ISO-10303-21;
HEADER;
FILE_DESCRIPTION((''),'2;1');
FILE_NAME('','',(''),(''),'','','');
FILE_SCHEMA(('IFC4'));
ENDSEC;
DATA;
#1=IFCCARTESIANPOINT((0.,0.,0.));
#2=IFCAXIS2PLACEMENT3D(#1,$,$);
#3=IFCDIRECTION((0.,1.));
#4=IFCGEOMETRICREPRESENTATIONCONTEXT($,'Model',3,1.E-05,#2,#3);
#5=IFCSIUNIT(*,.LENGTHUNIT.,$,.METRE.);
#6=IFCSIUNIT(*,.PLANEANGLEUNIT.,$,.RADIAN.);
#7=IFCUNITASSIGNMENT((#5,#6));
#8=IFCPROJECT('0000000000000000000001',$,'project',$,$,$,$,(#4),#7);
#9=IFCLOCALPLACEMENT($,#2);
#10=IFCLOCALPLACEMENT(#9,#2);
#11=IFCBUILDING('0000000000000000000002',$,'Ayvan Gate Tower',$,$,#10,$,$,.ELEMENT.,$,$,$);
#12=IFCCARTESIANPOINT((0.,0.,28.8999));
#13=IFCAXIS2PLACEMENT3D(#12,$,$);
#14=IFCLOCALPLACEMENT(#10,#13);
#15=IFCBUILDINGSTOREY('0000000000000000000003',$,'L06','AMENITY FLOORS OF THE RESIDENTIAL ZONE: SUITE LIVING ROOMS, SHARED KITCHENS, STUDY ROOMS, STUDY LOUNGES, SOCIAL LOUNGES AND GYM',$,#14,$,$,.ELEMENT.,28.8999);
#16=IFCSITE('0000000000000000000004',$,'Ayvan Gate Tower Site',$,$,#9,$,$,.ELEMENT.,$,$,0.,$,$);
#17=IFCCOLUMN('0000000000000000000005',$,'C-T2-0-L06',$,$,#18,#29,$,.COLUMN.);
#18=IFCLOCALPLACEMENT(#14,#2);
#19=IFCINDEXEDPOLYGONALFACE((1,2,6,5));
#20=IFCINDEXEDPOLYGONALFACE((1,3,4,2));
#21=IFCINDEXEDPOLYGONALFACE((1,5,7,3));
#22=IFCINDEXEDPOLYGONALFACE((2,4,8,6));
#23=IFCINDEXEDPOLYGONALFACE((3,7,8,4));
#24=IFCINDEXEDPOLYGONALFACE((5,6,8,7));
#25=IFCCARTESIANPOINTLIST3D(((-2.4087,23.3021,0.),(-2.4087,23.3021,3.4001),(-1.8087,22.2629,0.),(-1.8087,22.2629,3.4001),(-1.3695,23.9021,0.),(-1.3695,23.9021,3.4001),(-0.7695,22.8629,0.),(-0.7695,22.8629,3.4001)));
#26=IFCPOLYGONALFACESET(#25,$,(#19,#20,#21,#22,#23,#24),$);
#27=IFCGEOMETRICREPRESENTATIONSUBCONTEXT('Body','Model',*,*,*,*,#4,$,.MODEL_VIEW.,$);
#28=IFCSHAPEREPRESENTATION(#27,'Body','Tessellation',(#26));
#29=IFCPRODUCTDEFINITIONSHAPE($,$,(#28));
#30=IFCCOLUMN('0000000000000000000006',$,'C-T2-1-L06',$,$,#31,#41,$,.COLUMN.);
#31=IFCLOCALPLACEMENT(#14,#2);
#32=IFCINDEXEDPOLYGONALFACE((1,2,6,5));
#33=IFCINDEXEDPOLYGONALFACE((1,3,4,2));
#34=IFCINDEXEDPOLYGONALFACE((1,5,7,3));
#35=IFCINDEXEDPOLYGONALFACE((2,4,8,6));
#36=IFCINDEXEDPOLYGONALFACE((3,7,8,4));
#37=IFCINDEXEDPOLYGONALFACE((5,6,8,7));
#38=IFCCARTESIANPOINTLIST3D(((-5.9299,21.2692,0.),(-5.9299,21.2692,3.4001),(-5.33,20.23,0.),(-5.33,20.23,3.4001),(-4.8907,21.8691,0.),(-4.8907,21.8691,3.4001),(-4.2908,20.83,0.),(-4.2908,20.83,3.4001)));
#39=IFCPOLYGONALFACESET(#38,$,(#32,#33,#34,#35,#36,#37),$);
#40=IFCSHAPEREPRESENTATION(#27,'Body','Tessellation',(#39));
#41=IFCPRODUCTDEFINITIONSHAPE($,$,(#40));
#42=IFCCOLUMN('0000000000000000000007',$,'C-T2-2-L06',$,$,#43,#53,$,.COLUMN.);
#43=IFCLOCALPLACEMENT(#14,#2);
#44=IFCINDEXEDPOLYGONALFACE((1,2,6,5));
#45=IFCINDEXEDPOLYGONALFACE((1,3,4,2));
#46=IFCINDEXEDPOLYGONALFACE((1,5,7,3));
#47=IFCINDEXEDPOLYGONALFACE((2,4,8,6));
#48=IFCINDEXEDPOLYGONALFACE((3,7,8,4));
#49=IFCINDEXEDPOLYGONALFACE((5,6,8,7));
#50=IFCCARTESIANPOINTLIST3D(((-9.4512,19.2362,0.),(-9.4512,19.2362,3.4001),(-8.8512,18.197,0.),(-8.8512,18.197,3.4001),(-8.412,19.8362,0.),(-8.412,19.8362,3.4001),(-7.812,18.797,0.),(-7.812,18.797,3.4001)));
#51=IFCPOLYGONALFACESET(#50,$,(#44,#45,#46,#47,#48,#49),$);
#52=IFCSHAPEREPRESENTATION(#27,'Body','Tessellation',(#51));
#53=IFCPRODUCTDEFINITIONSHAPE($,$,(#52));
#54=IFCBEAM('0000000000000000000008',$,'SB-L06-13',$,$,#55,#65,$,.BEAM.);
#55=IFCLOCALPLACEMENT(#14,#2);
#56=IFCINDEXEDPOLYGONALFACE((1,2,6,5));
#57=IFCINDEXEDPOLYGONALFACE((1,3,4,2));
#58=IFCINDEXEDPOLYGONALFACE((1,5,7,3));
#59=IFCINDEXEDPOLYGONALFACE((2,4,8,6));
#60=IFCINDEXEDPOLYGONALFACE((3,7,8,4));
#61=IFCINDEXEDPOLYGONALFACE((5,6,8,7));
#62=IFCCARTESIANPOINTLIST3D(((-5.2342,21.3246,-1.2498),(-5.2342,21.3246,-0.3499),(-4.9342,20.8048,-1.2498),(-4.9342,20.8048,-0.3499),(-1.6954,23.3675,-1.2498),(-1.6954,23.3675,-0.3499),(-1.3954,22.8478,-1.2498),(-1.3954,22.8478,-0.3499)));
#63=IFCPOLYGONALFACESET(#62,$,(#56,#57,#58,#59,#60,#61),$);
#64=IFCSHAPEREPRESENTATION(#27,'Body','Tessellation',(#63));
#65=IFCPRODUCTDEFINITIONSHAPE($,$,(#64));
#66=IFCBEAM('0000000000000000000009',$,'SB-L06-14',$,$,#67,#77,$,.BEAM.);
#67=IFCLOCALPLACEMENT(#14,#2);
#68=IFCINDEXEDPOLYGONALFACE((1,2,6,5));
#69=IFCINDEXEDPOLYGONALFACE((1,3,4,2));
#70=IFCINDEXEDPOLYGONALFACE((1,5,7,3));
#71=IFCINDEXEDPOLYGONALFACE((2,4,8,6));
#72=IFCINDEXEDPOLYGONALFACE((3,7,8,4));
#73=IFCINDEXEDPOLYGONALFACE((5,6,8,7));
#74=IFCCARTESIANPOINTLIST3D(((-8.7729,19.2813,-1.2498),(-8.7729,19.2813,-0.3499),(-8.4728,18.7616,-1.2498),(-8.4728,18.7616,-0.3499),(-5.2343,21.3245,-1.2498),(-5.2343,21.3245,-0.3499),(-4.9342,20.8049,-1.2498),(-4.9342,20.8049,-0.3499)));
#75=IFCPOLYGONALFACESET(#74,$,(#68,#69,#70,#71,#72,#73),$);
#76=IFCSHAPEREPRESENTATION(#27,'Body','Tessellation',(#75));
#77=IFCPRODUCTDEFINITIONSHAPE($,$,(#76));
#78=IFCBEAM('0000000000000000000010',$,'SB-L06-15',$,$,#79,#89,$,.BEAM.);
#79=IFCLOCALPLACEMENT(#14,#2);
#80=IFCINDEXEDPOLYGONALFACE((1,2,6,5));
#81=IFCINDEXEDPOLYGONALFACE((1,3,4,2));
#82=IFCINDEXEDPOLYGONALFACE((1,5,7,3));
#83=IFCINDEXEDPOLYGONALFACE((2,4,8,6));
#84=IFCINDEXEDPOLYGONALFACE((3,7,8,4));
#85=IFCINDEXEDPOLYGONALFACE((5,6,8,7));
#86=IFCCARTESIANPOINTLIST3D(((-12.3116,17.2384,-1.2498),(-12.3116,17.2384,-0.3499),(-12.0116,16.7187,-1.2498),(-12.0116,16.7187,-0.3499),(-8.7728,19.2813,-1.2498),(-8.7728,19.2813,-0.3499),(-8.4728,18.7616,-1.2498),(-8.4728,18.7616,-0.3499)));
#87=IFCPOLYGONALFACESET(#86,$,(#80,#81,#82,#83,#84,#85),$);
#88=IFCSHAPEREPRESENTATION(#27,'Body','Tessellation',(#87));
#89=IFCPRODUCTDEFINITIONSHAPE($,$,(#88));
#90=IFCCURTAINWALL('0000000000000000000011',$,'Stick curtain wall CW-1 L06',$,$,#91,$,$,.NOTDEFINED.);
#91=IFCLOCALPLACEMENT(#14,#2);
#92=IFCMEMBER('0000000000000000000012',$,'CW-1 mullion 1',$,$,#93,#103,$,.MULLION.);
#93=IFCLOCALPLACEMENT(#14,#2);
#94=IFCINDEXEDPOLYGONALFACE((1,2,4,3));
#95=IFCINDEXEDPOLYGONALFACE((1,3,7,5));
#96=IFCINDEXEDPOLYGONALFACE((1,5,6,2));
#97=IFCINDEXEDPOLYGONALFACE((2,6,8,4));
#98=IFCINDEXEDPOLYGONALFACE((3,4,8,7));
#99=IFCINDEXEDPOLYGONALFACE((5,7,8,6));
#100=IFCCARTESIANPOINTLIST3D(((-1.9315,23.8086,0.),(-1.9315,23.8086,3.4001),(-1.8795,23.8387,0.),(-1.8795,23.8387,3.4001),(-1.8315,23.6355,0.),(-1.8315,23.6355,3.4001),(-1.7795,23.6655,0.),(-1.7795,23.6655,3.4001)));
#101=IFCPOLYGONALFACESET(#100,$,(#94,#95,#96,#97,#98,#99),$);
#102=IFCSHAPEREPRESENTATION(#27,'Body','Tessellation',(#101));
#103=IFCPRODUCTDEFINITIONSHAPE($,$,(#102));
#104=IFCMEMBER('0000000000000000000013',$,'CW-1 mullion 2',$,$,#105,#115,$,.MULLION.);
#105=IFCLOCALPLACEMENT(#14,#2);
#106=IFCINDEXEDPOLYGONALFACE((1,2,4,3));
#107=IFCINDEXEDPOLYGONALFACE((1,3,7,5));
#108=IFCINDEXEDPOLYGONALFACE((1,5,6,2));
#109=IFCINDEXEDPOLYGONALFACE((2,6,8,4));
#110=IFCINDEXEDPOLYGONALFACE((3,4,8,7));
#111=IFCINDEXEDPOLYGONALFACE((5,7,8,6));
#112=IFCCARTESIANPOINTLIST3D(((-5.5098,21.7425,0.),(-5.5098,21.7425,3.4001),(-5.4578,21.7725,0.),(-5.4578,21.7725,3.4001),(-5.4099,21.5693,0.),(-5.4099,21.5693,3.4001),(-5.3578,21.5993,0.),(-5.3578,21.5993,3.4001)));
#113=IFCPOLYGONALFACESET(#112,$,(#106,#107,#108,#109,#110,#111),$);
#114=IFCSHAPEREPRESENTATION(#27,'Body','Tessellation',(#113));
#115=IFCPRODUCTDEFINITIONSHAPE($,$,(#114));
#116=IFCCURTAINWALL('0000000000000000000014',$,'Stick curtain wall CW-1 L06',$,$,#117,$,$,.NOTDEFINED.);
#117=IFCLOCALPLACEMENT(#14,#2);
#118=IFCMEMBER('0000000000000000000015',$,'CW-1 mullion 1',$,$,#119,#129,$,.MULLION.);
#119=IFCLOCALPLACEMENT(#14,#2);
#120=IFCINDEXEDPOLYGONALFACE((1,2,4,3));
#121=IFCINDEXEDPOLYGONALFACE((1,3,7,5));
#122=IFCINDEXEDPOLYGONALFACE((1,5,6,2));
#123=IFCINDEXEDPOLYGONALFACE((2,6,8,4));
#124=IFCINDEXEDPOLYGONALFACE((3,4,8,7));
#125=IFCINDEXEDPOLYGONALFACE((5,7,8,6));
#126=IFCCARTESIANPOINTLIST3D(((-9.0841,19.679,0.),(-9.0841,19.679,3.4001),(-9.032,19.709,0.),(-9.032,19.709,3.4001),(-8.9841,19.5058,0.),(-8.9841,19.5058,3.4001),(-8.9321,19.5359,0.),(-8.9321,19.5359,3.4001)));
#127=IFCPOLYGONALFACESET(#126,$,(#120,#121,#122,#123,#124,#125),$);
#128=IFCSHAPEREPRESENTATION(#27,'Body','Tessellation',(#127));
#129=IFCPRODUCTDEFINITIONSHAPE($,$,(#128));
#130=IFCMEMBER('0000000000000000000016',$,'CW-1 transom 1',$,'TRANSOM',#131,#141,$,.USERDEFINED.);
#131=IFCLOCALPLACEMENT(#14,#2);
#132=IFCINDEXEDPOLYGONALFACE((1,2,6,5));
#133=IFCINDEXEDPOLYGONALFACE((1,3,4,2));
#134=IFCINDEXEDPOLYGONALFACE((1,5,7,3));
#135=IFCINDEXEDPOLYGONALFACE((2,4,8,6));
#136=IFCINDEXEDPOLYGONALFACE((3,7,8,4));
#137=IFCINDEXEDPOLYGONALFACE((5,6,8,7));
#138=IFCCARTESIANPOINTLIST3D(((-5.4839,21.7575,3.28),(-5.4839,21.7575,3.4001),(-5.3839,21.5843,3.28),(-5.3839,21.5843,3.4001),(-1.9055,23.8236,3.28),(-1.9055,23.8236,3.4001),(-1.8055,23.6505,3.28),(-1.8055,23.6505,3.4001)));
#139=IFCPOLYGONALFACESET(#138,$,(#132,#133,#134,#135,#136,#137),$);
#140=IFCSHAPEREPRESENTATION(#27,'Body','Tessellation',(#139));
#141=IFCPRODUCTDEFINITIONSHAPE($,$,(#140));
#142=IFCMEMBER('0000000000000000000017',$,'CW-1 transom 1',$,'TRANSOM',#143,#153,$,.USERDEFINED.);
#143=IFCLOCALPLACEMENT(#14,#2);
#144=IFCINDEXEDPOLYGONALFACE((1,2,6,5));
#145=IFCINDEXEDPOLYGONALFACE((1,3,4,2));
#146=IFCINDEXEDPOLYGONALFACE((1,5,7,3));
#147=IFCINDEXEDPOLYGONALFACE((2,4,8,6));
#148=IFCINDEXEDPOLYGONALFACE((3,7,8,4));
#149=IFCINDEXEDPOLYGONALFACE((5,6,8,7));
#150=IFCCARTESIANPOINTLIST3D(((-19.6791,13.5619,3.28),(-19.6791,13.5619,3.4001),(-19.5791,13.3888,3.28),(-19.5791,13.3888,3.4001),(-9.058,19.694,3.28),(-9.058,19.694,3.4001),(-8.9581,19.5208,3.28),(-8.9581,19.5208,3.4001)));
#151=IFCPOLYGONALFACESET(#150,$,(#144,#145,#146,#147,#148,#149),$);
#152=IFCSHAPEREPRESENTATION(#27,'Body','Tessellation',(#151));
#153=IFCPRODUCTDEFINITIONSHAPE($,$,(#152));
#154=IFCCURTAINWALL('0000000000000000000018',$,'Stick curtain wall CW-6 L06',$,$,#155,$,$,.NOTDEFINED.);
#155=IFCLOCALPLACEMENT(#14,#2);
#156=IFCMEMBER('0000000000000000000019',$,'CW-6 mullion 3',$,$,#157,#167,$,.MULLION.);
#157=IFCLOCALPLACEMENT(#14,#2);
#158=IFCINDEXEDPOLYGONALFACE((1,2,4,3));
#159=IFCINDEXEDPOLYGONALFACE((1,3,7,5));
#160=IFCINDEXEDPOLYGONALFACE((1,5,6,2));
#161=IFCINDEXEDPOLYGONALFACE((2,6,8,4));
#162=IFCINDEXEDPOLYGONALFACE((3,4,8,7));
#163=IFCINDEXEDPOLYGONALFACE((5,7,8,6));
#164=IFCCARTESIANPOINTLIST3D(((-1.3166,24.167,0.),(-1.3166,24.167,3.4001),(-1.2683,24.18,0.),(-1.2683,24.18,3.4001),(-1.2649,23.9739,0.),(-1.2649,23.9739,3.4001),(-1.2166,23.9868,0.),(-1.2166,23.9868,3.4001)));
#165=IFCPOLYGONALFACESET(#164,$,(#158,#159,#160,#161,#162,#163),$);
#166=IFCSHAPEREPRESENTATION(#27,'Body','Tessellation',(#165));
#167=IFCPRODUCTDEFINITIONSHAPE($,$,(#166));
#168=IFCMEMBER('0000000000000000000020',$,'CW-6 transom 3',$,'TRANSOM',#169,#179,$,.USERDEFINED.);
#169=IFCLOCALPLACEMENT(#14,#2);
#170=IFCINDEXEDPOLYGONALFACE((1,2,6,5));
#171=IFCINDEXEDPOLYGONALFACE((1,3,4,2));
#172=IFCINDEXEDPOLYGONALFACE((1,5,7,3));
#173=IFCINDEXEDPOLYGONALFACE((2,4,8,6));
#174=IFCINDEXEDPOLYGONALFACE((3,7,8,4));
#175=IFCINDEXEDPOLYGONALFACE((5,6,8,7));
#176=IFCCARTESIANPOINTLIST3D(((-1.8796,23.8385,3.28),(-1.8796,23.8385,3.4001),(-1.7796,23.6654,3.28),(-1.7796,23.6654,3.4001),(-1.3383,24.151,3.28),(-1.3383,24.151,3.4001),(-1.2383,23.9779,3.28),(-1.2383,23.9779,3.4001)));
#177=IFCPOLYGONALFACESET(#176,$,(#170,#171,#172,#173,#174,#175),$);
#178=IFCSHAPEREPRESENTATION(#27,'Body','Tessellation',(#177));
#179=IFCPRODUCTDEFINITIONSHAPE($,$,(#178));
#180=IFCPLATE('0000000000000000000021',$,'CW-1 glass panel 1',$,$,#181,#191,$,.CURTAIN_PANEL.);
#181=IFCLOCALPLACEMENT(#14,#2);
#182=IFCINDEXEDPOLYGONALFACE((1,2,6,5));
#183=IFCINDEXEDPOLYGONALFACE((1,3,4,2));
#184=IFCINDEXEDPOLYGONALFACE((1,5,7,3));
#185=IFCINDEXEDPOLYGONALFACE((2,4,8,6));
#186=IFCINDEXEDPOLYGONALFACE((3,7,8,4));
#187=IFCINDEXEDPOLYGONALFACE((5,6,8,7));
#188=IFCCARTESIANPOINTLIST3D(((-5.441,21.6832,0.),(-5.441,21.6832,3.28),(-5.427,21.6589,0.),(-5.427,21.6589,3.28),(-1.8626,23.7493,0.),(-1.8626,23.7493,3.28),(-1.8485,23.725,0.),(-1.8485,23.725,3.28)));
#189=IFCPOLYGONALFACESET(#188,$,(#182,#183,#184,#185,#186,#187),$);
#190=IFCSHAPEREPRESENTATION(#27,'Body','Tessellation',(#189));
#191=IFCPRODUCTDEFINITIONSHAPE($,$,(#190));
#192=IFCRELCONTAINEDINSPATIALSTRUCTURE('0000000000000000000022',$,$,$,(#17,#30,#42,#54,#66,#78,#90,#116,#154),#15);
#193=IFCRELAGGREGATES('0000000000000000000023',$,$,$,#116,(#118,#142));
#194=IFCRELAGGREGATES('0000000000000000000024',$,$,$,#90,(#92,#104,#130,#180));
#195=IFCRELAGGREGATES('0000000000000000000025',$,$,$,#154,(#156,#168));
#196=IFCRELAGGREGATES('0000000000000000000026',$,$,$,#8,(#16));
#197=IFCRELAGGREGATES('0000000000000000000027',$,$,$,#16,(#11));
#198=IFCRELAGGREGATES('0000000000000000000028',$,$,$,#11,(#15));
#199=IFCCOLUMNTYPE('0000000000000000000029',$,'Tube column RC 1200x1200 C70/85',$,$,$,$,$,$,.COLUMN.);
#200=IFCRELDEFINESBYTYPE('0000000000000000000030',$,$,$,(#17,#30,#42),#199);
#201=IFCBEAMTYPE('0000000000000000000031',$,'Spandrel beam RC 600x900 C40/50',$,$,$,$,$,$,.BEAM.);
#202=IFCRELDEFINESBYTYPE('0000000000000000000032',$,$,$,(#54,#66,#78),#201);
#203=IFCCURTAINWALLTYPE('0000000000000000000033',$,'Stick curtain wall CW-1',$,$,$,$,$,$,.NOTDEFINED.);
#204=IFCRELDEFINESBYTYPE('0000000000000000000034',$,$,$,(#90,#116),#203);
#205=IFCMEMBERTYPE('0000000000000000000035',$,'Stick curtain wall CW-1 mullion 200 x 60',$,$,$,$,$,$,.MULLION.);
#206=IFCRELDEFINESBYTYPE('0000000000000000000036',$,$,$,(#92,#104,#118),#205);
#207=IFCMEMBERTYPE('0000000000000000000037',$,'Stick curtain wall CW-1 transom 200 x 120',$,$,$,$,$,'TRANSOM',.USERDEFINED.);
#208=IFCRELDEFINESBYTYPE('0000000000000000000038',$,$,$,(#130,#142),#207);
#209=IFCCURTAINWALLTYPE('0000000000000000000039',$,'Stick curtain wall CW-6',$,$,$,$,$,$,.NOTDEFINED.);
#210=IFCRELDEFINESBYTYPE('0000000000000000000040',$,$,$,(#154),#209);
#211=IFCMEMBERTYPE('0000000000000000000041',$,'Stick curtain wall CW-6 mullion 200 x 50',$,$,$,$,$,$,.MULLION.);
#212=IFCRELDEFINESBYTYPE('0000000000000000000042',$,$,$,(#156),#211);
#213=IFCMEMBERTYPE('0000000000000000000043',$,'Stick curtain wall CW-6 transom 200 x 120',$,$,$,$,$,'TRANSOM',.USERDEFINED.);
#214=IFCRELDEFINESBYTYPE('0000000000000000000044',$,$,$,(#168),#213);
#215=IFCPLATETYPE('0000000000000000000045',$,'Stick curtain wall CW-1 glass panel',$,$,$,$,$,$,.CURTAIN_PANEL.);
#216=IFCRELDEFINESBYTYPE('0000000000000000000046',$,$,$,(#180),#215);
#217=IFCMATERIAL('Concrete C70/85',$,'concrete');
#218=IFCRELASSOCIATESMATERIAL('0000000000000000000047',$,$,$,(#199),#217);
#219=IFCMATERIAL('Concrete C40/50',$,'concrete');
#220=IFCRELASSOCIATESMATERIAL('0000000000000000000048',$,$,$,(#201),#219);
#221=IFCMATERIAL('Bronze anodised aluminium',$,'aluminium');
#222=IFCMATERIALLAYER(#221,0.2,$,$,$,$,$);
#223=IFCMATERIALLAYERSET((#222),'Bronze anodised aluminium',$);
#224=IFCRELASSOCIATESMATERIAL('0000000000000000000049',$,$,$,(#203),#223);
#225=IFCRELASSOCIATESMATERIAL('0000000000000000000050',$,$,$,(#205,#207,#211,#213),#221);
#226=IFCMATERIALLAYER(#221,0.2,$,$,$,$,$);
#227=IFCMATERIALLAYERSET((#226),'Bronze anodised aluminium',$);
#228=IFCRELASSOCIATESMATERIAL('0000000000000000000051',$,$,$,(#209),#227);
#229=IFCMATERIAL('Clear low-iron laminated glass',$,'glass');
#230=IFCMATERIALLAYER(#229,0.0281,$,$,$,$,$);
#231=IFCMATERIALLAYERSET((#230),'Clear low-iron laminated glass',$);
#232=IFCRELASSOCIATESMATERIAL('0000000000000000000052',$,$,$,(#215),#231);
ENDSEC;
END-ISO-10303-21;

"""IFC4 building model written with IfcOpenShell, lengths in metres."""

from ifc_helpers import new_model, si_unit, direction, frame, origin, origin_2d, place, context, subcontext, project, spatial, rectangle, extrude, material, layer, layer_set, material_profile, profile_set, type_object, element, aggregate, save


model = new_model("IFC4")

# Units and contexts
model_context = context("Model", 3, precision=1e-05, world=origin(), true_north=direction((0.0, 1.0)))
body_context = subcontext(model_context, "Body", "Model", "MODEL_VIEW")
ifc_project = project(units=[si_unit("LENGTHUNIT", "METRE"), si_unit("PLANEANGLEUNIT", "RADIAN")], contexts=[model_context])

# Site, building, storey
site_placement = place(None, origin())
site = spatial("IfcSite", under=ifc_project, at=site_placement, Name="Ayvan Gate Tower Site", CompositionType="ELEMENT", RefElevation=0.0)
building_placement = place(site_placement, origin())
building = spatial("IfcBuilding", under=site, at=building_placement, Name="Ayvan Gate Tower", CompositionType="ELEMENT")
storey_placement = place(building_placement, frame((0.0, 0.0, 28.8999)))
storey = spatial("IfcBuildingStorey", under=building, at=storey_placement, Name="L06", Description="AMENITY FLOORS OF THE RESIDENTIAL ZONE: SUITE LIVING ROOMS, SHARED KITCHENS, STUDY ROOMS, STUDY LOUNGES, SOCIAL LOUNGES AND GYM", CompositionType="ELEMENT", Elevation=28.8999)

# Columns
ifc_material_1 = material(Name="Concrete C70/85", Category="concrete")
ifc_material_profile_1 = material_profile(ifc_material_1, rectangle(XDim=1.2, YDim=1.2, at=origin_2d()), Name="RC 1200x1200")
ifc_profile_set_1 = profile_set([ifc_material_profile_1], Name="Concrete C70/85")
column_type = type_object("IfcColumnType", Name="Tube column RC 1200x1200 C70/85", PredefinedType="COLUMN", material=ifc_profile_set_1)
for number, where, z_axis, x_axis, name in (
    (1, (-1.5891, 23.0825, 0.0), (0.0, 0.0, 1.0), (-0.5, 0.866025, 0.0), "C-T2-0-L06"),
    (2, (-5.1104, 21.0496, 0.0), (0.0, 0.0, 1.0), (-0.5, 0.866025, 0.0), "C-T2-1-L06"),
    (3, (-8.6316, 19.0166, 0.0), (0.0, 0.0, 1.0), (-0.5, 0.866025, 0.0), "C-T2-2-L06"),
):
    element("IfcColumn", number, at=place(storey_placement, frame(where, z_axis=z_axis, x_axis=x_axis)), inside=storey, type_object=column_type, Name=name, PredefinedType="COLUMN", context=body_context, shape_type="SweptSolid", body=[
        extrude(rectangle(XDim=1.2, YDim=1.2, at=origin_2d()), origin(), (0.0, 0.0, 1.0), 3.4001),
    ])

# Beams
ifc_material_2 = material(Name="Concrete C40/50", Category="concrete")
ifc_material_profile_2 = material_profile(ifc_material_2, rectangle(XDim=0.6001, YDim=0.8999, at=origin_2d()), Name="RC 600x900")
ifc_profile_set_2 = profile_set([ifc_material_profile_2], Name="Concrete C40/50")
beam_type = type_object("IfcBeamType", Name="Spandrel beam RC 600x900 C40/50", PredefinedType="BEAM", material=ifc_profile_set_2)
for number, where, z_axis, x_axis, name in (
    (4, (-1.5454, 23.1077, -0.7998), (-0.866043, -0.499969, 0.0), (0.499969, -0.866043, 0.0), "SB-L06-13"),
    (5, (-5.0842, 21.0647, -0.7998), (-0.866003, -0.50004, 0.0), (0.50004, -0.866003, 0.0), "SB-L06-14"),
    (6, (-8.6228, 19.0215, -0.7998), (-0.866043, -0.499969, 0.0), (0.499969, -0.866043, 0.0), "SB-L06-15"),
):
    element("IfcBeam", number, at=place(storey_placement, frame(where, z_axis=z_axis, x_axis=x_axis)), inside=storey, type_object=beam_type, Name=name, PredefinedType="BEAM", context=body_context, shape_type="SweptSolid", body=[
        extrude(rectangle(XDim=0.6001, YDim=0.8999, at=origin_2d()), origin(), (0.0, 0.0, 1.0), 4.0862),
    ])

# Curtain wall, members
ifc_material_3 = material(Name="Bronze anodised aluminium", Category="aluminium")
ifc_layer_1 = layer(ifc_material_3, 0.2)
ifc_layer_set_1 = layer_set([ifc_layer_1], Name="Bronze anodised aluminium")
curtain_wall_type_1 = type_object("IfcCurtainWallType", Name="Stick curtain wall CW-1", PredefinedType="NOTDEFINED", material=ifc_layer_set_1)
curtain_wall_1_placement = place(storey_placement, origin())
curtain_wall_1 = element("IfcCurtainWall", 7, at=curtain_wall_1_placement, inside=storey, type_object=curtain_wall_type_1, Name="Stick curtain wall CW-1 L06", PredefinedType="NOTDEFINED")
ifc_material_profile_3 = material_profile(ifc_material_3, rectangle(XDim=0.2, YDim=0.0601, at=origin_2d()), Name="Stick curtain wall CW-1 mullion 200 x 60")
ifc_profile_set_3 = profile_set([ifc_material_profile_3], Name="Bronze anodised aluminium")
member_type_1 = type_object("IfcMemberType", Name="Stick curtain wall CW-1 mullion 200 x 60", PredefinedType="MULLION", material=ifc_profile_set_3)
member_1_placement = place(storey_placement, frame((-1.8555, 23.7371, 0.0), z_axis=(0.0, 0.0, 1.0), x_axis=(-0.5, 0.866025, 0.0)))
member_1 = element("IfcMember", 8, at=member_1_placement, type_object=member_type_1, Name="CW-1 mullion 1", PredefinedType="MULLION", context=body_context, shape_type="SweptSolid", body=[
    extrude(rectangle(XDim=0.2, YDim=0.0601, at=origin_2d()), origin(), (0.0, 0.0, 1.0), 3.4001),
])
member_2_placement = place(storey_placement, frame((-5.4338, 21.6709, 0.0), z_axis=(0.0, 0.0, 1.0), x_axis=(-0.5, 0.866025, 0.0)))
member_2 = element("IfcMember", 9, at=member_2_placement, type_object=member_type_1, Name="CW-1 mullion 2", PredefinedType="MULLION", context=body_context, shape_type="SweptSolid", body=[
    extrude(rectangle(XDim=0.2, YDim=0.0601, at=origin_2d()), origin(), (0.0, 0.0, 1.0), 3.4001),
])

# Curtain wall, member
curtain_wall_2_placement = place(storey_placement, origin())
curtain_wall_2 = element("IfcCurtainWall", 10, at=curtain_wall_2_placement, inside=storey, type_object=curtain_wall_type_1, Name="Stick curtain wall CW-1 L06", PredefinedType="NOTDEFINED")
member_3_placement = place(storey_placement, frame((-9.0081, 19.6074, 0.0), z_axis=(0.0, 0.0, 1.0), x_axis=(-0.5, 0.866025, 0.0)))
member_3 = element("IfcMember", 11, at=member_3_placement, type_object=member_type_1, Name="CW-1 mullion 1", PredefinedType="MULLION", context=body_context, shape_type="SweptSolid", body=[
    extrude(rectangle(XDim=0.2, YDim=0.0601, at=origin_2d()), origin(), (0.0, 0.0, 1.0), 3.4001),
])

# Members
ifc_material_profile_4 = material_profile(ifc_material_3, rectangle(XDim=0.2, YDim=0.1201, at=origin_2d()), Name="Stick curtain wall CW-1 transom 200 x 120")
ifc_profile_set_4 = profile_set([ifc_material_profile_4], Name="Bronze anodised aluminium")
member_type_2 = type_object("IfcMemberType", Name="Stick curtain wall CW-1 transom 200 x 120", ElementType="TRANSOM", PredefinedType="USERDEFINED", material=ifc_profile_set_4)
member_4_placement = place(storey_placement, frame((-1.8555, 23.7371, 3.3401), z_axis=(-0.866006, -0.500034, 0.0), x_axis=(0.500034, -0.866006, 0.0)))
member_4 = element("IfcMember", 12, at=member_4_placement, type_object=member_type_2, Name="CW-1 transom 1", ObjectType="TRANSOM", PredefinedType="USERDEFINED", context=body_context, shape_type="SweptSolid", body=[
    extrude(rectangle(XDim=0.2, YDim=0.1201, at=origin_2d()), origin(), (0.0, 0.0, 1.0), 4.1321),
])
member_5_placement = place(storey_placement, frame((-9.0081, 19.6074, 3.3401), z_axis=(-0.866026, -0.499999, 0.0), x_axis=(0.499999, -0.866026, 0.0)))
member_5 = element("IfcMember", 13, at=member_5_placement, type_object=member_type_2, Name="CW-1 transom 1", ObjectType="TRANSOM", PredefinedType="USERDEFINED", context=body_context, shape_type="SweptSolid", body=[
    extrude(rectangle(XDim=0.2, YDim=0.1201, at=origin_2d()), origin(), (0.0, 0.0, 1.0), 12.2642),
])
aggregate(curtain_wall_2, [member_3, member_5])

# Curtain wall, members
ifc_layer_2 = layer(ifc_material_3, 0.2)
ifc_layer_set_2 = layer_set([ifc_layer_2], Name="Bronze anodised aluminium")
curtain_wall_type_2 = type_object("IfcCurtainWallType", Name="Stick curtain wall CW-6", PredefinedType="NOTDEFINED", material=ifc_layer_set_2)
curtain_wall_3_placement = place(storey_placement, origin())
curtain_wall_3 = element("IfcCurtainWall", 14, at=curtain_wall_3_placement, inside=storey, type_object=curtain_wall_type_2, Name="Stick curtain wall CW-6 L06", PredefinedType="NOTDEFINED")
ifc_material_profile_5 = material_profile(ifc_material_3, rectangle(XDim=0.2, YDim=0.05, at=origin_2d()), Name="Stick curtain wall CW-6 mullion 200 x 50")
ifc_profile_set_5 = profile_set([ifc_material_profile_5], Name="Bronze anodised aluminium")
member_type_3 = type_object("IfcMemberType", Name="Stick curtain wall CW-6 mullion 200 x 50", PredefinedType="MULLION", material=ifc_profile_set_5)
member_6_placement = place(storey_placement, frame((-1.2666, 24.0769, 0.0), z_axis=(0.0, 0.0, 1.0), x_axis=(-0.258819, 0.965926, 0.0)))
member_6 = element("IfcMember", 15, at=member_6_placement, type_object=member_type_3, Name="CW-6 mullion 3", PredefinedType="MULLION", context=body_context, shape_type="SweptSolid", body=[
    extrude(rectangle(XDim=0.2, YDim=0.05, at=origin_2d()), origin(), (0.0, 0.0, 1.0), 3.4001),
])
ifc_material_profile_6 = material_profile(ifc_material_3, rectangle(XDim=0.2, YDim=0.1201, at=origin_2d()), Name="Stick curtain wall CW-6 transom 200 x 120")
ifc_profile_set_6 = profile_set([ifc_material_profile_6], Name="Bronze anodised aluminium")
member_type_4 = type_object("IfcMemberType", Name="Stick curtain wall CW-6 transom 200 x 120", ElementType="TRANSOM", PredefinedType="USERDEFINED", material=ifc_profile_set_6)
member_7_placement = place(storey_placement, frame((-1.2883, 24.0645, 3.3401), z_axis=(-0.866023, -0.500004, 0.0), x_axis=(0.500004, -0.866023, 0.0)))
member_7 = element("IfcMember", 16, at=member_7_placement, type_object=member_type_4, Name="CW-6 transom 3", ObjectType="TRANSOM", PredefinedType="USERDEFINED", context=body_context, shape_type="SweptSolid", body=[
    extrude(rectangle(XDim=0.2, YDim=0.1201, at=origin_2d()), origin(), (0.0, 0.0, 1.0), 0.625),
])

# Plate
ifc_material_4 = material(Name="Clear low-iron laminated glass", Category="glass")
ifc_layer_3 = layer(ifc_material_4, 0.0281)
ifc_layer_set_3 = layer_set([ifc_layer_3], Name="Clear low-iron laminated glass")
plate_type_1 = type_object("IfcPlateType", Name="Stick curtain wall CW-1 glass panel", PredefinedType="CURTAIN_PANEL", material=ifc_layer_set_3)
plate_1_placement = place(storey_placement, frame((-3.6448, 22.7041, 0.0), z_axis=(0.0, 0.0, 1.0), x_axis=(-0.866025, -0.5, 0.0)))
plate_1 = element("IfcPlate", 17, at=plate_1_placement, type_object=plate_type_1, Name="CW-1 glass panel 1", PredefinedType="CURTAIN_PANEL", context=body_context, shape_type="SweptSolid", body=[
    extrude(rectangle(XDim=4.1321, YDim=0.0281, at=origin_2d()), origin(), (0.0, 0.0, 1.0), 3.28),
])
aggregate(curtain_wall_1, [member_1, member_2, member_4, plate_1])
aggregate(curtain_wall_3, [member_6, member_7])

save(model, "model.ifc")
